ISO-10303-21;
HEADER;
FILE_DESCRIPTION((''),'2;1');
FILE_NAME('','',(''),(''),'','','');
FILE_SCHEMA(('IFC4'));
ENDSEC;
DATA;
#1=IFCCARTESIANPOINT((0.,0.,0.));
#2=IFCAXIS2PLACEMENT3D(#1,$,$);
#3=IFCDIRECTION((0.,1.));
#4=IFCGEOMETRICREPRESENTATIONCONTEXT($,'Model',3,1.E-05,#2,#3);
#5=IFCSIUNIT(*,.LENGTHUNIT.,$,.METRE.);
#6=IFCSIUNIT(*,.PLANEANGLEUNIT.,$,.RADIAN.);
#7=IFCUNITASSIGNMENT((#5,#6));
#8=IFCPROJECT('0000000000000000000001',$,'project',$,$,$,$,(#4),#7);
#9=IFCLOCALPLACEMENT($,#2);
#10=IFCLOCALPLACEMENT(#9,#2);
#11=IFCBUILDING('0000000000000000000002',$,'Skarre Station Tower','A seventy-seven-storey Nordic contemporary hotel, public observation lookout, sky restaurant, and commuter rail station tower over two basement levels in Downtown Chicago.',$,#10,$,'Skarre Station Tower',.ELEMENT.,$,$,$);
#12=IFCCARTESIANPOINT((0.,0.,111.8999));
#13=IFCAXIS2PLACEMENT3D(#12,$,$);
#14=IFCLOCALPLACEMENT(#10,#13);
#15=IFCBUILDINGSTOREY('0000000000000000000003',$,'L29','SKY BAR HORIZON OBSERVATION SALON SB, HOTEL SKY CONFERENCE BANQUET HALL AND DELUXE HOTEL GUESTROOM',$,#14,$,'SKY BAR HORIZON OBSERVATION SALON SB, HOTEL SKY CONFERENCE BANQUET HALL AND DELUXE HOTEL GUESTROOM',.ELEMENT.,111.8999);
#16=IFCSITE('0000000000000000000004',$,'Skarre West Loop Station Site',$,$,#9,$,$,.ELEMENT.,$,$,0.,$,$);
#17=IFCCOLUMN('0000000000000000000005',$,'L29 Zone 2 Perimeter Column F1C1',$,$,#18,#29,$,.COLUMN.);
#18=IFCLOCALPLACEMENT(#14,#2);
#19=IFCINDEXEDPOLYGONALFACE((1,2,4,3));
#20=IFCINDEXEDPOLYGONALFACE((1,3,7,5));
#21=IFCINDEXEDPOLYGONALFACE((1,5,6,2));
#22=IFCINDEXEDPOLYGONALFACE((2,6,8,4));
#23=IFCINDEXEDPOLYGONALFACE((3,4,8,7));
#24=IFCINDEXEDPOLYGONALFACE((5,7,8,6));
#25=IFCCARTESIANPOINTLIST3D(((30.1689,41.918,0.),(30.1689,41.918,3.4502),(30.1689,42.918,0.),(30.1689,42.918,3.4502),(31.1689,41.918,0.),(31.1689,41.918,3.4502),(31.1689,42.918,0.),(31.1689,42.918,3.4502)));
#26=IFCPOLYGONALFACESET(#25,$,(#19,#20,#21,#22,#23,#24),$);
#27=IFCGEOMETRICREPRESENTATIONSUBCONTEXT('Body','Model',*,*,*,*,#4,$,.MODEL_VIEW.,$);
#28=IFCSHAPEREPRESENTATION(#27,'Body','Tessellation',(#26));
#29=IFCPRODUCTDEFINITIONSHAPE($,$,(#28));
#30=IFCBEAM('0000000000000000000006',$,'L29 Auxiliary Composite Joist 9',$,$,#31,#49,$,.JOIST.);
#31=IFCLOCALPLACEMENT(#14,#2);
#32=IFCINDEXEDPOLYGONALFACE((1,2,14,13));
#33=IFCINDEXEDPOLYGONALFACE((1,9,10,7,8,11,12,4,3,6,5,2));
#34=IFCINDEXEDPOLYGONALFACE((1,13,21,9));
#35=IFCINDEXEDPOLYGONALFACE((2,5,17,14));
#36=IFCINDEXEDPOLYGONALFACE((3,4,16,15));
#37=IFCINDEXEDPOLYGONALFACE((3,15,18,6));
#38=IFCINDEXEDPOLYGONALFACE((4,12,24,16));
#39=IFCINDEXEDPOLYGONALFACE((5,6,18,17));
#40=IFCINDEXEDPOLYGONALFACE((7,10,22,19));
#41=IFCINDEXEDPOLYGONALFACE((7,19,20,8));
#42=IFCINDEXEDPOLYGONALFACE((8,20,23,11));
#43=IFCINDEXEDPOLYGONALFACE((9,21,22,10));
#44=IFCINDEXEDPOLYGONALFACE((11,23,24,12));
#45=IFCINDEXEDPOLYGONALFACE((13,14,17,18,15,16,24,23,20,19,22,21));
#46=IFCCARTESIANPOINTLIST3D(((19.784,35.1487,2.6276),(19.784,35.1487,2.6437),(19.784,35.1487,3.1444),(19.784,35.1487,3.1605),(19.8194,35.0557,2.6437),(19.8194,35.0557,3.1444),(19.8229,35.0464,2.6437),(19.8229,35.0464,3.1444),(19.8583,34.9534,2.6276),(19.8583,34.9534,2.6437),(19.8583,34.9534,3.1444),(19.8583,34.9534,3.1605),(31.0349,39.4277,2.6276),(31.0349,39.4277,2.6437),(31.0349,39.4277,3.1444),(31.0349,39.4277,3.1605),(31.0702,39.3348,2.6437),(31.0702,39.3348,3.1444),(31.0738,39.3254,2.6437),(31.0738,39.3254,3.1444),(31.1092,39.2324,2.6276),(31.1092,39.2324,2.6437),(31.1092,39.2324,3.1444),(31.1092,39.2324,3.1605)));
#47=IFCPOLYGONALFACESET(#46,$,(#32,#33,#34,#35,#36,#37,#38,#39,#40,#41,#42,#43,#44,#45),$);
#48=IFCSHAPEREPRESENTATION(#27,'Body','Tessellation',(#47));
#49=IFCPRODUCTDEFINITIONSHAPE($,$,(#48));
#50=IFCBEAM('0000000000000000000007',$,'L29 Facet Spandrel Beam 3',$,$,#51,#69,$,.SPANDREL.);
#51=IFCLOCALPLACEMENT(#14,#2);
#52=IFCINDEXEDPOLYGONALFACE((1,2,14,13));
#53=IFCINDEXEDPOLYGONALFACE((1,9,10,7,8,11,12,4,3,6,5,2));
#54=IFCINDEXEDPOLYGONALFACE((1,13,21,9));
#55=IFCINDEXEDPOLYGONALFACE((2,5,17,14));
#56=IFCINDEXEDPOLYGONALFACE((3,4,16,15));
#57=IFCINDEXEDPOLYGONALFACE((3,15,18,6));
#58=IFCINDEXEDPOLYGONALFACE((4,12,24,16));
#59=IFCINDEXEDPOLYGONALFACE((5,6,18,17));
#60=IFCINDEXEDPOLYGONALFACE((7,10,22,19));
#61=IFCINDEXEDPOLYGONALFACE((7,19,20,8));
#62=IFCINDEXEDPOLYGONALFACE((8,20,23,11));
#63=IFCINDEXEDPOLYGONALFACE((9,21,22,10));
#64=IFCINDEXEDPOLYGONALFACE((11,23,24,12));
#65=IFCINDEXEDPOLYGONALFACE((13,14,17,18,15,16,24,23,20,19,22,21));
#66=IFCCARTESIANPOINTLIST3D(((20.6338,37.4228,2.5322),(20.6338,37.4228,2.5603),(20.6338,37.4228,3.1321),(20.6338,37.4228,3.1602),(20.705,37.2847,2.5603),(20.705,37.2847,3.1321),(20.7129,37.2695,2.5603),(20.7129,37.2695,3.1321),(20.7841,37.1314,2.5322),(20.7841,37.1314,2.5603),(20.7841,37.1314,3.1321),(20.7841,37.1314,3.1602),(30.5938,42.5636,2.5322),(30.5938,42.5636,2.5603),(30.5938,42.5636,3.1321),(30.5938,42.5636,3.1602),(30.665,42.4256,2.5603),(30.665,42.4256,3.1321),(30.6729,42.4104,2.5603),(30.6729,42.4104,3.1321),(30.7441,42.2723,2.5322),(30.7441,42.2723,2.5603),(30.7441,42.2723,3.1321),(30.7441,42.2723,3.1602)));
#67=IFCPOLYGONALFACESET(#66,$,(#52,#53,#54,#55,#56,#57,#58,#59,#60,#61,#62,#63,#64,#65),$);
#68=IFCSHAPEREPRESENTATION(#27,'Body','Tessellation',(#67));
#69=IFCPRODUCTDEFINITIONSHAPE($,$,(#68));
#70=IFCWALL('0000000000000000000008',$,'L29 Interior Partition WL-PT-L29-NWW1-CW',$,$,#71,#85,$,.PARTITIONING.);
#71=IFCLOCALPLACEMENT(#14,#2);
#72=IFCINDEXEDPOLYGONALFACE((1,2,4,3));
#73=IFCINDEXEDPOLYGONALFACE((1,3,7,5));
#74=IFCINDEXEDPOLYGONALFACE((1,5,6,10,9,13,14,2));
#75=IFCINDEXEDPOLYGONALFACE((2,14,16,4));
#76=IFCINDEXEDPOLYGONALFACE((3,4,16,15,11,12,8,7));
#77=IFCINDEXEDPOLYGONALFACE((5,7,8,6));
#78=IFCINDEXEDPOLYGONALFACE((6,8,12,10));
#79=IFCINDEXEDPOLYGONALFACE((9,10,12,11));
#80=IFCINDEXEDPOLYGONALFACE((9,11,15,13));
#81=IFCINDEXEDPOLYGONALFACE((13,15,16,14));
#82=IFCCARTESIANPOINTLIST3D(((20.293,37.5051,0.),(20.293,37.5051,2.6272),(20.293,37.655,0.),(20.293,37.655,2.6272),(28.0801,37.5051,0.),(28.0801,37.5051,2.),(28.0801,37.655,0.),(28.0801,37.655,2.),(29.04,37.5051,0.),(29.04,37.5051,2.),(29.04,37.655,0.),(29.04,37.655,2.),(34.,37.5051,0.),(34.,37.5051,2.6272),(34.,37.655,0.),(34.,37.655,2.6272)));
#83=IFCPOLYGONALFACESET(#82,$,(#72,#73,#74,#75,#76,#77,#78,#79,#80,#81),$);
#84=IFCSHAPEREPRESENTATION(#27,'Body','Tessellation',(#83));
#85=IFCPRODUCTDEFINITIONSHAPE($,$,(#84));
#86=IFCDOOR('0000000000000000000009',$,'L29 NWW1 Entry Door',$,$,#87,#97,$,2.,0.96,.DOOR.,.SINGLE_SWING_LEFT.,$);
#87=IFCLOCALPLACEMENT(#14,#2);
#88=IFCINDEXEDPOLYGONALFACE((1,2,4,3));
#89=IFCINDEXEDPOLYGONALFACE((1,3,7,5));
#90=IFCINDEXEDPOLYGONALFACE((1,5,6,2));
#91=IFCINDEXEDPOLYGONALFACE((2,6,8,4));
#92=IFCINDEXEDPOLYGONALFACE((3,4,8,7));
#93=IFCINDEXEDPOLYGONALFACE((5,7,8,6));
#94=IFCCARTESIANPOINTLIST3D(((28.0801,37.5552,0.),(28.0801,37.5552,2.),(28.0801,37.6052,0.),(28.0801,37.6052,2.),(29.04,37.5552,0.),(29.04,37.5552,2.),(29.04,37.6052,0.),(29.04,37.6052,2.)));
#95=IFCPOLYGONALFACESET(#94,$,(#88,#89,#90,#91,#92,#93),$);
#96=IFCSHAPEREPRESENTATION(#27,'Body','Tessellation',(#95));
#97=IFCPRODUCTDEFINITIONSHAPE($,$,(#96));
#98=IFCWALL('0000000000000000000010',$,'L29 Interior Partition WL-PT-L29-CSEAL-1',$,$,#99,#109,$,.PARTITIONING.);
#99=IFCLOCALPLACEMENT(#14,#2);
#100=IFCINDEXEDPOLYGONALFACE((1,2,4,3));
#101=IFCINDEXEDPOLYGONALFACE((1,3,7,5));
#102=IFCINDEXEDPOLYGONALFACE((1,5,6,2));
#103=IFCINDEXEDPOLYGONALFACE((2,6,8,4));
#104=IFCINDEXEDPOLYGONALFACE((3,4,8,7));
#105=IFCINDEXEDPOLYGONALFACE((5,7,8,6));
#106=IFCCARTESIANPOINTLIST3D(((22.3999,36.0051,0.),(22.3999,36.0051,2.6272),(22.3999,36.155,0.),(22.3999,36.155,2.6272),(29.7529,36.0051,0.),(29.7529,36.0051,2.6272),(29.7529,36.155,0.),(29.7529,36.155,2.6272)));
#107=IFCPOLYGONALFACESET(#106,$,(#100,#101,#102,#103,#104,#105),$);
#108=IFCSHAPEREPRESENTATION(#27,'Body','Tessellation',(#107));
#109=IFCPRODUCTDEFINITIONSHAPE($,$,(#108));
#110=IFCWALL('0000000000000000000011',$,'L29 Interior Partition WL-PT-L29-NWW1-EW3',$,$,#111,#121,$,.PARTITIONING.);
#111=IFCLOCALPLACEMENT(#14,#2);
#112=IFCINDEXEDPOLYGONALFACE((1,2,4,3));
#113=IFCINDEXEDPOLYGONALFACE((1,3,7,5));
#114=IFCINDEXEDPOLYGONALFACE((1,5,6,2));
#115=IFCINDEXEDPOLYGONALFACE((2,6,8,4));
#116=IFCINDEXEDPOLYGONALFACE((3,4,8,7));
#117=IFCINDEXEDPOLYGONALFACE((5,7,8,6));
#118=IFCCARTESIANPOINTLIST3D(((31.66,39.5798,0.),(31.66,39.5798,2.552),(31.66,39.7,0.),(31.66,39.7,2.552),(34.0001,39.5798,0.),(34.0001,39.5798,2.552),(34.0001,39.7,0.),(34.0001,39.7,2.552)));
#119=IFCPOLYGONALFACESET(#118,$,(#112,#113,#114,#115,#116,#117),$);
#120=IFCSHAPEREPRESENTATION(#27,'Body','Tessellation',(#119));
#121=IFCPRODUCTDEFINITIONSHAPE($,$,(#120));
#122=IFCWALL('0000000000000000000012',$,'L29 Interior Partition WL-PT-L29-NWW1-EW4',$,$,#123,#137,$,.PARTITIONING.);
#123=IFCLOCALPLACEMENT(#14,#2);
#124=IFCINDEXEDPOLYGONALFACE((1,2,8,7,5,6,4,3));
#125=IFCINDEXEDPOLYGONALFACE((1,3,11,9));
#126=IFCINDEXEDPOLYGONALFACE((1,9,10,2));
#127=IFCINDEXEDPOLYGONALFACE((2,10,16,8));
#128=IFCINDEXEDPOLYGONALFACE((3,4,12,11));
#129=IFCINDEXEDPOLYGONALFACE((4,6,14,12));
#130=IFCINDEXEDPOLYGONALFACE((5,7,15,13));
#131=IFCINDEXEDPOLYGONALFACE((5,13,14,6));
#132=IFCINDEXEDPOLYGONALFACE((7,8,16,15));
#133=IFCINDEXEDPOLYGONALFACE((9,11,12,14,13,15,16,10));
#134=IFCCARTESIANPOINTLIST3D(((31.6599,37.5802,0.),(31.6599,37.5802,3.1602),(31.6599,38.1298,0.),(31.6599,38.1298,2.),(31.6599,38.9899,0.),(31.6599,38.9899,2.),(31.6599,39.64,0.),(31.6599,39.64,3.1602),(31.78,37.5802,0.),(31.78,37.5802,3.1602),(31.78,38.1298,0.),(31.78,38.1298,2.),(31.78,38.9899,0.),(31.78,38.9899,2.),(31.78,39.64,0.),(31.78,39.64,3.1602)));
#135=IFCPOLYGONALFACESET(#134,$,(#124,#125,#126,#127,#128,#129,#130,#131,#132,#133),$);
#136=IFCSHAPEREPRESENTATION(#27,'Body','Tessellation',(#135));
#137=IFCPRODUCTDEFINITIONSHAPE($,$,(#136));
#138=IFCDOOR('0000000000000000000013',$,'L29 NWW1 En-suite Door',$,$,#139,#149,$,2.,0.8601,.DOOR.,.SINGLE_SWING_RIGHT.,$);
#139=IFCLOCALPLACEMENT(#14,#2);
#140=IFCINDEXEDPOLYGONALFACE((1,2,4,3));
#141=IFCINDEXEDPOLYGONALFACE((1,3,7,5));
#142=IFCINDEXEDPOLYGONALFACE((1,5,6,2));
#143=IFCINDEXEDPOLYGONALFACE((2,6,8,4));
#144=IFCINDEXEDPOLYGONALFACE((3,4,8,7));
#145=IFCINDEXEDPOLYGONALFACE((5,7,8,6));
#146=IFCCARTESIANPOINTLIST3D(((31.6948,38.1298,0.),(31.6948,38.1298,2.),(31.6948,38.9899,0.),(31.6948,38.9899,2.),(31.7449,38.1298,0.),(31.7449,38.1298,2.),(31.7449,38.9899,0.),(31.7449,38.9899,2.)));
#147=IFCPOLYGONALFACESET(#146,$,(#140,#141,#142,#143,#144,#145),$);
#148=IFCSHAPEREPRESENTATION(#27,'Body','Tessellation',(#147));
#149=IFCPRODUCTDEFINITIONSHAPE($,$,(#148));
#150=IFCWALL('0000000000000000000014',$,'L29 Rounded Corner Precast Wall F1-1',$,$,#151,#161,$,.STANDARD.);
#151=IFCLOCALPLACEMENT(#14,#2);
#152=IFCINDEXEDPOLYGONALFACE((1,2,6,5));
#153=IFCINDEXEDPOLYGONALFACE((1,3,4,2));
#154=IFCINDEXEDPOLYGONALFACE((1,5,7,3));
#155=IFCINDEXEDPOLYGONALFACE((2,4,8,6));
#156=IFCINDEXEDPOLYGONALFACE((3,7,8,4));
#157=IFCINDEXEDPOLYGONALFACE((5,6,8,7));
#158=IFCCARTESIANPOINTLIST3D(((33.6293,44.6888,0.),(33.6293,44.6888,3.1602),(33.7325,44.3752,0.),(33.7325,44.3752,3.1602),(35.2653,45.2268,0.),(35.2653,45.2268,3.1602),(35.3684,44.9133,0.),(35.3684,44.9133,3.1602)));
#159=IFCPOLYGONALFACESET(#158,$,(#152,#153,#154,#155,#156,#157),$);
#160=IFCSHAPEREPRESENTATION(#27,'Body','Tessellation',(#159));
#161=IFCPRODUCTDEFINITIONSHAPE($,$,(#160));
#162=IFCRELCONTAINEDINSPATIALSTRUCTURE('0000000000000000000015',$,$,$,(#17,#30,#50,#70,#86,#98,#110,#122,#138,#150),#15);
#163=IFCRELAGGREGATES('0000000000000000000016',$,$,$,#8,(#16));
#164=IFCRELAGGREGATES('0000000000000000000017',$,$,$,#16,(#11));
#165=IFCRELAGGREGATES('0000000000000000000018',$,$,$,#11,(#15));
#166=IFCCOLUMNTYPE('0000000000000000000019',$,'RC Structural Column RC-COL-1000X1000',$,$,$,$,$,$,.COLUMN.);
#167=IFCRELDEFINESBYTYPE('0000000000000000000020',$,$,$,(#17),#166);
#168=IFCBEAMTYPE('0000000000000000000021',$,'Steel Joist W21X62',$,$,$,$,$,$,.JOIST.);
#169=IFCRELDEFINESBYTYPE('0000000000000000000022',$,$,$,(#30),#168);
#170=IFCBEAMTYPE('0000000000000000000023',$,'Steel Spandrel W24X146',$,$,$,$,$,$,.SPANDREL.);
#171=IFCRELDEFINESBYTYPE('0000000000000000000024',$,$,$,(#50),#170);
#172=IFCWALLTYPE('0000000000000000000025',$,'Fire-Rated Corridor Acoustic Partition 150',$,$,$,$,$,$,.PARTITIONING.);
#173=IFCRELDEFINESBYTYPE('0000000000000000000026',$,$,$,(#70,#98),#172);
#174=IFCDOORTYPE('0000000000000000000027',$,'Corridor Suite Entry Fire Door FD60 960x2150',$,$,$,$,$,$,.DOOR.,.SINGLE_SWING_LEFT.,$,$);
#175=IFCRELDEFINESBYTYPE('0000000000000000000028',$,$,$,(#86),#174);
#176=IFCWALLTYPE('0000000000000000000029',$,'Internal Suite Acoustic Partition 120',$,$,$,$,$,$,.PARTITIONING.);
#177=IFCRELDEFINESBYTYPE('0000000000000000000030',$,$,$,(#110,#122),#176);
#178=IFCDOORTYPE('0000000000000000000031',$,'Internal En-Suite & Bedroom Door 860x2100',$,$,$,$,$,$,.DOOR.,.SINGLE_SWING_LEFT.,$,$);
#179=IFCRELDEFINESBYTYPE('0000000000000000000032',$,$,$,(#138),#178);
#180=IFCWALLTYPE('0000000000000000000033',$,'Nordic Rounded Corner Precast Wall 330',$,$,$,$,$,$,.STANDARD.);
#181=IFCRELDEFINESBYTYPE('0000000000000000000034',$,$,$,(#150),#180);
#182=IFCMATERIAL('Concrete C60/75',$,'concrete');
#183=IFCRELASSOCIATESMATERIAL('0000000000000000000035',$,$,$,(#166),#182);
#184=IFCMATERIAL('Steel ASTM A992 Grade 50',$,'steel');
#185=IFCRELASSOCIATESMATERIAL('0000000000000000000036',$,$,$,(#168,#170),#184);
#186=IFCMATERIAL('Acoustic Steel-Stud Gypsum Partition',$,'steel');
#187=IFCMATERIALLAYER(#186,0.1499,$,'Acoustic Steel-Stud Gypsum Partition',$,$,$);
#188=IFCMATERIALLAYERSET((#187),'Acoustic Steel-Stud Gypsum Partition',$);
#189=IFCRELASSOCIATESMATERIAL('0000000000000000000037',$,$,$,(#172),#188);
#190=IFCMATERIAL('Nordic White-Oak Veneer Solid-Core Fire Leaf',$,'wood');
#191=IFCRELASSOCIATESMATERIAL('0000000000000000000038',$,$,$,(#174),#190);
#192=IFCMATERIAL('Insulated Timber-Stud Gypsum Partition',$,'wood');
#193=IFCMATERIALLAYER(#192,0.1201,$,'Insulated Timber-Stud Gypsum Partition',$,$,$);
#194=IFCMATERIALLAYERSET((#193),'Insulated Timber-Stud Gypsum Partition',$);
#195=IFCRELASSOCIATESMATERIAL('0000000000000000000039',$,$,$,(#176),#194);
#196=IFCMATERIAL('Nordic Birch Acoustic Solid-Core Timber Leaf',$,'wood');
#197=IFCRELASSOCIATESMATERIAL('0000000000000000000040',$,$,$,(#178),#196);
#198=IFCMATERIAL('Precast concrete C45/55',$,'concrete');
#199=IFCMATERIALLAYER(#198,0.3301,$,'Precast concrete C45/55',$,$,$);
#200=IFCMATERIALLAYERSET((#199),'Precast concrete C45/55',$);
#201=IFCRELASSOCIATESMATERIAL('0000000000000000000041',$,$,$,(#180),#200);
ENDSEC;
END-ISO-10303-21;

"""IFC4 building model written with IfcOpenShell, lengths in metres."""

from ifc_helpers import new_model, si_unit, direction, frame, frame_2d, origin, origin_2d, place, context, subcontext, project, spatial, rectangle, i_section, extrude, material, layer, layer_set, material_profile, profile_set, type_object, element, fill, save


model = new_model("IFC4")

# Units and contexts
model_context = context("Model", 3, precision=1e-05, world=origin(), true_north=direction((0.0, 1.0)))
body_context = subcontext(model_context, "Body", "Model", "MODEL_VIEW")
ifc_project = project(units=[si_unit("LENGTHUNIT", "METRE"), si_unit("PLANEANGLEUNIT", "RADIAN")], contexts=[model_context])

# Site, building, storey
site_placement = place(None, origin())
site = spatial("IfcSite", under=ifc_project, at=site_placement, Name="Skarre West Loop Station Site", CompositionType="ELEMENT", RefElevation=0.0)
building_placement = place(site_placement, origin())
building = spatial("IfcBuilding", under=site, at=building_placement, Name="Skarre Station Tower", Description="A seventy-seven-storey Nordic contemporary hotel, public observation lookout, sky restaurant, and commuter rail station tower over two basement levels in Downtown Chicago.", LongName="Skarre Station Tower", CompositionType="ELEMENT")
storey_placement = place(building_placement, frame((0.0, 0.0, 111.8999)))
storey = spatial("IfcBuildingStorey", under=building, at=storey_placement, Name="L29", Description="SKY BAR HORIZON OBSERVATION SALON SB, HOTEL SKY CONFERENCE BANQUET HALL AND DELUXE HOTEL GUESTROOM", LongName="SKY BAR HORIZON OBSERVATION SALON SB, HOTEL SKY CONFERENCE BANQUET HALL AND DELUXE HOTEL GUESTROOM", CompositionType="ELEMENT", Elevation=111.8999)

# Column
ifc_material_1 = material(Name="Concrete C60/75", Category="concrete")
ifc_material_profile_1 = material_profile(ifc_material_1, rectangle(XDim=1.0, YDim=1.0, at=origin_2d()), Name="Concrete C60/75")
ifc_profile_set_1 = profile_set([ifc_material_profile_1], Name="Concrete C60/75")
column_type = type_object("IfcColumnType", Name="RC Structural Column RC-COL-1000X1000", PredefinedType="COLUMN", material=ifc_profile_set_1)
column_placement = place(storey_placement, frame((30.6689, 42.418, 0.0), z_axis=(0.0, 0.0, 1.0), x_axis=(1.0, 0.0, 0.0)))
element("IfcColumn", 1, at=column_placement, inside=storey, type_object=column_type, Name="L29 Zone 2 Perimeter Column F1C1", PredefinedType="COLUMN", context=body_context, shape_type="SweptSolid", body=[
    extrude(rectangle(XDim=1.0, YDim=1.0, at=origin_2d()), origin(), (0.0, 0.0, 1.0), 3.4502),
])

# Beams
ifc_material_2 = material(Name="Steel ASTM A992 Grade 50", Category="steel")
ifc_material_profile_2 = material_profile(ifc_material_2, i_section(OverallWidth=0.209, OverallDepth=0.533, WebThickness=0.01, FlangeThickness=0.0161, at=origin_2d()), Name="Steel ASTM A992 Grade 50")
ifc_profile_set_2 = profile_set([ifc_material_profile_2], Name="Steel ASTM A992 Grade 50")
beam_type_1 = type_object("IfcBeamType", Name="Steel Joist W21X62", PredefinedType="JOIST", material=ifc_profile_set_2)
beam_1_placement = place(storey_placement, frame((31.072, 39.3301, 2.894), z_axis=(-0.934682, -0.355485, 0.0), x_axis=(0.355485, -0.934682, 0.0)))
element("IfcBeam", 2, at=beam_1_placement, inside=storey, type_object=beam_type_1, Name="L29 Auxiliary Composite Joist 9", PredefinedType="JOIST", context=body_context, shape_type="SweptSolid", body=[
    extrude(i_section(OverallWidth=0.209, OverallDepth=0.533, WebThickness=0.01, FlangeThickness=0.0161, at=origin_2d()), origin(), (0.0, 0.0, 1.0), 12.0371),
])
ifc_material_profile_3 = material_profile(ifc_material_2, i_section(OverallWidth=0.3279, OverallDepth=0.6279, WebThickness=0.0171, FlangeThickness=0.0281, at=origin_2d()), Name="Steel ASTM A992 Grade 50")
ifc_profile_set_3 = profile_set([ifc_material_profile_3], Name="Steel ASTM A992 Grade 50")
beam_type_2 = type_object("IfcBeamType", Name="Steel Spandrel W24X146", PredefinedType="SPANDREL", material=ifc_profile_set_3)
beam_2_placement = place(storey_placement, frame((30.6689, 42.418, 2.8462), z_axis=(-0.888612, -0.45866, 0.0), x_axis=(0.45866, -0.888612, 0.0)))
element("IfcBeam", 3, at=beam_2_placement, inside=storey, type_object=beam_type_2, Name="L29 Facet Spandrel Beam 3", PredefinedType="SPANDREL", context=body_context, shape_type="SweptSolid", body=[
    extrude(i_section(OverallWidth=0.3279, OverallDepth=0.6279, WebThickness=0.0171, FlangeThickness=0.0281, at=origin_2d()), origin(), (0.0, 0.0, 1.0), 11.2085),
])

# Wall, opening, door
ifc_material_3 = material(Name="Acoustic Steel-Stud Gypsum Partition", Category="steel")
ifc_layer_1 = layer(ifc_material_3, 0.1499, Name="Acoustic Steel-Stud Gypsum Partition")
ifc_layer_set_1 = layer_set([ifc_layer_1], Name="Acoustic Steel-Stud Gypsum Partition")
wall_type_1 = type_object("IfcWallType", Name="Fire-Rated Corridor Acoustic Partition 150", PredefinedType="PARTITIONING", material=ifc_layer_set_1)
wall_1_placement = place(storey_placement, frame((34.0, 37.5801, 0.0), z_axis=(0.0, 0.0, 1.0), x_axis=(-1.0, 0.0, 0.0)))
wall_1 = element("IfcWall", 4, at=wall_1_placement, inside=storey, type_object=wall_type_1, Name="L29 Interior Partition WL-PT-L29-NWW1-CW", PredefinedType="PARTITIONING", context=body_context, shape_type="SweptSolid", body=[
    extrude(rectangle(XDim=13.707, YDim=0.1499, at=frame_2d((6.8535, 0.0))), origin(), (0.0, 0.0, 1.0), 2.6272),
])
opening_1_placement = place(wall_1_placement, frame((4.96, 0.0, 0.0)))
opening_1 = element("IfcOpeningElement", 5, at=opening_1_placement, cuts=wall_1, PredefinedType="OPENING", context=body_context, shape_type="SweptSolid", body=[
    extrude(rectangle(XDim=0.96, YDim=2.0, at=frame_2d((0.48, 1.0))), frame((0.0, 0.085, 0.0), z_axis=(0.0, -1.0, 0.0), x_axis=(1.0, 0.0, 0.0)), (0.0, 0.0, 1.0), 0.1699),
])
ifc_material_4 = material(Name="Nordic White-Oak Veneer Solid-Core Fire Leaf", Category="wood")
door_type_1 = type_object("IfcDoorType", Name="Corridor Suite Entry Fire Door FD60 960x2150", OperationType="SINGLE_SWING_LEFT", PredefinedType="DOOR", material=ifc_material_4)
door_1_placement = place(opening_1_placement, origin())
door_1 = element("IfcDoor", 6, at=door_1_placement, inside=storey, type_object=door_type_1, Name="L29 NWW1 Entry Door", OperationType="SINGLE_SWING_LEFT", OverallHeight=2.0, OverallWidth=0.96, PredefinedType="DOOR", context=body_context, shape_type="SweptSolid", body=[
    extrude(rectangle(XDim=0.96, YDim=2.0, at=frame_2d((0.48, 1.0))), frame((0.0, 0.0249, 0.0), z_axis=(0.0, -1.0, 0.0), x_axis=(1.0, 0.0, 0.0)), (0.0, 0.0, 1.0), 0.05),
])
fill(opening_1, door_1)

# Walls
wall_2_placement = place(storey_placement, frame((29.7529, 36.0801, 0.0), z_axis=(0.0, 0.0, 1.0), x_axis=(-1.0, 0.0, 0.0)))
element("IfcWall", 7, at=wall_2_placement, inside=storey, type_object=wall_type_1, Name="L29 Interior Partition WL-PT-L29-CSEAL-1", PredefinedType="PARTITIONING", context=body_context, shape_type="SweptSolid", body=[
    extrude(rectangle(XDim=7.353, YDim=0.1499, at=frame_2d((3.6765, 0.0))), origin(), (0.0, 0.0, 1.0), 2.6272),
])
ifc_material_5 = material(Name="Insulated Timber-Stud Gypsum Partition", Category="wood")
ifc_layer_2 = layer(ifc_material_5, 0.1201, Name="Insulated Timber-Stud Gypsum Partition")
ifc_layer_set_2 = layer_set([ifc_layer_2], Name="Insulated Timber-Stud Gypsum Partition")
wall_type_2 = type_object("IfcWallType", Name="Internal Suite Acoustic Partition 120", PredefinedType="PARTITIONING", material=ifc_layer_set_2)
wall_3_placement = place(storey_placement, frame((34.0, 39.6399, 0.0), z_axis=(0.0, 0.0, 1.0), x_axis=(-1.0, 0.0, 0.0)))
element("IfcWall", 8, at=wall_3_placement, inside=storey, type_object=wall_type_2, Name="L29 Interior Partition WL-PT-L29-NWW1-EW3", PredefinedType="PARTITIONING", context=body_context, shape_type="SweptSolid", body=[
    extrude(rectangle(XDim=2.3401, YDim=0.1201, at=frame_2d((1.1699, 0.0))), origin(), (0.0, 0.0, 1.0), 2.552),
])

# Wall, opening, door
wall_4_placement = place(storey_placement, frame((31.72, 39.6399, 0.0), z_axis=(0.0, 0.0, 1.0), x_axis=(0.0, -1.0, 0.0)))
wall_4 = element("IfcWall", 9, at=wall_4_placement, inside=storey, type_object=wall_type_2, Name="L29 Interior Partition WL-PT-L29-NWW1-EW4", PredefinedType="PARTITIONING", context=body_context, shape_type="SweptSolid", body=[
    extrude(rectangle(XDim=2.0598, YDim=0.1201, at=frame_2d((1.0298, 0.0))), origin(), (0.0, 0.0, 1.0), 3.1602),
])
opening_2_placement = place(wall_4_placement, frame((0.6499, 0.0, 0.0)))
opening_2 = element("IfcOpeningElement", 10, at=opening_2_placement, cuts=wall_4, PredefinedType="OPENING", context=body_context, shape_type="SweptSolid", body=[
    extrude(rectangle(XDim=0.8601, YDim=2.0, at=frame_2d((0.4302, 1.0))), frame((0.0, 0.0701, 0.0), z_axis=(0.0, -1.0, 0.0), x_axis=(1.0, 0.0, 0.0)), (0.0, 0.0, 1.0), 0.1401),
])
ifc_material_6 = material(Name="Nordic Birch Acoustic Solid-Core Timber Leaf", Category="wood")
door_type_2 = type_object("IfcDoorType", Name="Internal En-Suite & Bedroom Door 860x2100", OperationType="SINGLE_SWING_LEFT", PredefinedType="DOOR", material=ifc_material_6)
door_2_placement = place(opening_2_placement, origin())
door_2 = element("IfcDoor", 11, at=door_2_placement, inside=storey, type_object=door_type_2, Name="L29 NWW1 En-suite Door", OperationType="SINGLE_SWING_RIGHT", OverallHeight=2.0, OverallWidth=0.8601, PredefinedType="DOOR", context=body_context, shape_type="SweptSolid", body=[
    extrude(rectangle(XDim=0.8601, YDim=2.0, at=frame_2d((0.4302, 1.0))), frame((0.0, 0.0249, 0.0), z_axis=(0.0, -1.0, 0.0), x_axis=(1.0, 0.0, 0.0)), (0.0, 0.0, 1.0), 0.05),
])
fill(opening_2, door_2)

# Wall
ifc_material_7 = material(Name="Precast concrete C45/55", Category="concrete")
ifc_layer_3 = layer(ifc_material_7, 0.3301, Name="Precast concrete C45/55")
ifc_layer_set_3 = layer_set([ifc_layer_3], Name="Precast concrete C45/55")
wall_type_3 = type_object("IfcWallType", Name="Nordic Rounded Corner Precast Wall 330", PredefinedType="STANDARD", material=ifc_layer_set_3)
wall_5_placement = place(storey_placement, frame((33.6809, 44.532, 0.0), z_axis=(0.0, 0.0, 1.0), x_axis=(0.949937, 0.31244, 0.0)))
element("IfcWall", 12, at=wall_5_placement, inside=storey, type_object=wall_type_3, Name="L29 Rounded Corner Precast Wall F1-1", PredefinedType="STANDARD", context=body_context, shape_type="SweptSolid", body=[
    extrude(rectangle(XDim=1.7222, YDim=0.3301, at=frame_2d((0.8611, 0.0))), origin(), (0.0, 0.0, 1.0), 3.1602),
])

save(model, "model.ifc")
